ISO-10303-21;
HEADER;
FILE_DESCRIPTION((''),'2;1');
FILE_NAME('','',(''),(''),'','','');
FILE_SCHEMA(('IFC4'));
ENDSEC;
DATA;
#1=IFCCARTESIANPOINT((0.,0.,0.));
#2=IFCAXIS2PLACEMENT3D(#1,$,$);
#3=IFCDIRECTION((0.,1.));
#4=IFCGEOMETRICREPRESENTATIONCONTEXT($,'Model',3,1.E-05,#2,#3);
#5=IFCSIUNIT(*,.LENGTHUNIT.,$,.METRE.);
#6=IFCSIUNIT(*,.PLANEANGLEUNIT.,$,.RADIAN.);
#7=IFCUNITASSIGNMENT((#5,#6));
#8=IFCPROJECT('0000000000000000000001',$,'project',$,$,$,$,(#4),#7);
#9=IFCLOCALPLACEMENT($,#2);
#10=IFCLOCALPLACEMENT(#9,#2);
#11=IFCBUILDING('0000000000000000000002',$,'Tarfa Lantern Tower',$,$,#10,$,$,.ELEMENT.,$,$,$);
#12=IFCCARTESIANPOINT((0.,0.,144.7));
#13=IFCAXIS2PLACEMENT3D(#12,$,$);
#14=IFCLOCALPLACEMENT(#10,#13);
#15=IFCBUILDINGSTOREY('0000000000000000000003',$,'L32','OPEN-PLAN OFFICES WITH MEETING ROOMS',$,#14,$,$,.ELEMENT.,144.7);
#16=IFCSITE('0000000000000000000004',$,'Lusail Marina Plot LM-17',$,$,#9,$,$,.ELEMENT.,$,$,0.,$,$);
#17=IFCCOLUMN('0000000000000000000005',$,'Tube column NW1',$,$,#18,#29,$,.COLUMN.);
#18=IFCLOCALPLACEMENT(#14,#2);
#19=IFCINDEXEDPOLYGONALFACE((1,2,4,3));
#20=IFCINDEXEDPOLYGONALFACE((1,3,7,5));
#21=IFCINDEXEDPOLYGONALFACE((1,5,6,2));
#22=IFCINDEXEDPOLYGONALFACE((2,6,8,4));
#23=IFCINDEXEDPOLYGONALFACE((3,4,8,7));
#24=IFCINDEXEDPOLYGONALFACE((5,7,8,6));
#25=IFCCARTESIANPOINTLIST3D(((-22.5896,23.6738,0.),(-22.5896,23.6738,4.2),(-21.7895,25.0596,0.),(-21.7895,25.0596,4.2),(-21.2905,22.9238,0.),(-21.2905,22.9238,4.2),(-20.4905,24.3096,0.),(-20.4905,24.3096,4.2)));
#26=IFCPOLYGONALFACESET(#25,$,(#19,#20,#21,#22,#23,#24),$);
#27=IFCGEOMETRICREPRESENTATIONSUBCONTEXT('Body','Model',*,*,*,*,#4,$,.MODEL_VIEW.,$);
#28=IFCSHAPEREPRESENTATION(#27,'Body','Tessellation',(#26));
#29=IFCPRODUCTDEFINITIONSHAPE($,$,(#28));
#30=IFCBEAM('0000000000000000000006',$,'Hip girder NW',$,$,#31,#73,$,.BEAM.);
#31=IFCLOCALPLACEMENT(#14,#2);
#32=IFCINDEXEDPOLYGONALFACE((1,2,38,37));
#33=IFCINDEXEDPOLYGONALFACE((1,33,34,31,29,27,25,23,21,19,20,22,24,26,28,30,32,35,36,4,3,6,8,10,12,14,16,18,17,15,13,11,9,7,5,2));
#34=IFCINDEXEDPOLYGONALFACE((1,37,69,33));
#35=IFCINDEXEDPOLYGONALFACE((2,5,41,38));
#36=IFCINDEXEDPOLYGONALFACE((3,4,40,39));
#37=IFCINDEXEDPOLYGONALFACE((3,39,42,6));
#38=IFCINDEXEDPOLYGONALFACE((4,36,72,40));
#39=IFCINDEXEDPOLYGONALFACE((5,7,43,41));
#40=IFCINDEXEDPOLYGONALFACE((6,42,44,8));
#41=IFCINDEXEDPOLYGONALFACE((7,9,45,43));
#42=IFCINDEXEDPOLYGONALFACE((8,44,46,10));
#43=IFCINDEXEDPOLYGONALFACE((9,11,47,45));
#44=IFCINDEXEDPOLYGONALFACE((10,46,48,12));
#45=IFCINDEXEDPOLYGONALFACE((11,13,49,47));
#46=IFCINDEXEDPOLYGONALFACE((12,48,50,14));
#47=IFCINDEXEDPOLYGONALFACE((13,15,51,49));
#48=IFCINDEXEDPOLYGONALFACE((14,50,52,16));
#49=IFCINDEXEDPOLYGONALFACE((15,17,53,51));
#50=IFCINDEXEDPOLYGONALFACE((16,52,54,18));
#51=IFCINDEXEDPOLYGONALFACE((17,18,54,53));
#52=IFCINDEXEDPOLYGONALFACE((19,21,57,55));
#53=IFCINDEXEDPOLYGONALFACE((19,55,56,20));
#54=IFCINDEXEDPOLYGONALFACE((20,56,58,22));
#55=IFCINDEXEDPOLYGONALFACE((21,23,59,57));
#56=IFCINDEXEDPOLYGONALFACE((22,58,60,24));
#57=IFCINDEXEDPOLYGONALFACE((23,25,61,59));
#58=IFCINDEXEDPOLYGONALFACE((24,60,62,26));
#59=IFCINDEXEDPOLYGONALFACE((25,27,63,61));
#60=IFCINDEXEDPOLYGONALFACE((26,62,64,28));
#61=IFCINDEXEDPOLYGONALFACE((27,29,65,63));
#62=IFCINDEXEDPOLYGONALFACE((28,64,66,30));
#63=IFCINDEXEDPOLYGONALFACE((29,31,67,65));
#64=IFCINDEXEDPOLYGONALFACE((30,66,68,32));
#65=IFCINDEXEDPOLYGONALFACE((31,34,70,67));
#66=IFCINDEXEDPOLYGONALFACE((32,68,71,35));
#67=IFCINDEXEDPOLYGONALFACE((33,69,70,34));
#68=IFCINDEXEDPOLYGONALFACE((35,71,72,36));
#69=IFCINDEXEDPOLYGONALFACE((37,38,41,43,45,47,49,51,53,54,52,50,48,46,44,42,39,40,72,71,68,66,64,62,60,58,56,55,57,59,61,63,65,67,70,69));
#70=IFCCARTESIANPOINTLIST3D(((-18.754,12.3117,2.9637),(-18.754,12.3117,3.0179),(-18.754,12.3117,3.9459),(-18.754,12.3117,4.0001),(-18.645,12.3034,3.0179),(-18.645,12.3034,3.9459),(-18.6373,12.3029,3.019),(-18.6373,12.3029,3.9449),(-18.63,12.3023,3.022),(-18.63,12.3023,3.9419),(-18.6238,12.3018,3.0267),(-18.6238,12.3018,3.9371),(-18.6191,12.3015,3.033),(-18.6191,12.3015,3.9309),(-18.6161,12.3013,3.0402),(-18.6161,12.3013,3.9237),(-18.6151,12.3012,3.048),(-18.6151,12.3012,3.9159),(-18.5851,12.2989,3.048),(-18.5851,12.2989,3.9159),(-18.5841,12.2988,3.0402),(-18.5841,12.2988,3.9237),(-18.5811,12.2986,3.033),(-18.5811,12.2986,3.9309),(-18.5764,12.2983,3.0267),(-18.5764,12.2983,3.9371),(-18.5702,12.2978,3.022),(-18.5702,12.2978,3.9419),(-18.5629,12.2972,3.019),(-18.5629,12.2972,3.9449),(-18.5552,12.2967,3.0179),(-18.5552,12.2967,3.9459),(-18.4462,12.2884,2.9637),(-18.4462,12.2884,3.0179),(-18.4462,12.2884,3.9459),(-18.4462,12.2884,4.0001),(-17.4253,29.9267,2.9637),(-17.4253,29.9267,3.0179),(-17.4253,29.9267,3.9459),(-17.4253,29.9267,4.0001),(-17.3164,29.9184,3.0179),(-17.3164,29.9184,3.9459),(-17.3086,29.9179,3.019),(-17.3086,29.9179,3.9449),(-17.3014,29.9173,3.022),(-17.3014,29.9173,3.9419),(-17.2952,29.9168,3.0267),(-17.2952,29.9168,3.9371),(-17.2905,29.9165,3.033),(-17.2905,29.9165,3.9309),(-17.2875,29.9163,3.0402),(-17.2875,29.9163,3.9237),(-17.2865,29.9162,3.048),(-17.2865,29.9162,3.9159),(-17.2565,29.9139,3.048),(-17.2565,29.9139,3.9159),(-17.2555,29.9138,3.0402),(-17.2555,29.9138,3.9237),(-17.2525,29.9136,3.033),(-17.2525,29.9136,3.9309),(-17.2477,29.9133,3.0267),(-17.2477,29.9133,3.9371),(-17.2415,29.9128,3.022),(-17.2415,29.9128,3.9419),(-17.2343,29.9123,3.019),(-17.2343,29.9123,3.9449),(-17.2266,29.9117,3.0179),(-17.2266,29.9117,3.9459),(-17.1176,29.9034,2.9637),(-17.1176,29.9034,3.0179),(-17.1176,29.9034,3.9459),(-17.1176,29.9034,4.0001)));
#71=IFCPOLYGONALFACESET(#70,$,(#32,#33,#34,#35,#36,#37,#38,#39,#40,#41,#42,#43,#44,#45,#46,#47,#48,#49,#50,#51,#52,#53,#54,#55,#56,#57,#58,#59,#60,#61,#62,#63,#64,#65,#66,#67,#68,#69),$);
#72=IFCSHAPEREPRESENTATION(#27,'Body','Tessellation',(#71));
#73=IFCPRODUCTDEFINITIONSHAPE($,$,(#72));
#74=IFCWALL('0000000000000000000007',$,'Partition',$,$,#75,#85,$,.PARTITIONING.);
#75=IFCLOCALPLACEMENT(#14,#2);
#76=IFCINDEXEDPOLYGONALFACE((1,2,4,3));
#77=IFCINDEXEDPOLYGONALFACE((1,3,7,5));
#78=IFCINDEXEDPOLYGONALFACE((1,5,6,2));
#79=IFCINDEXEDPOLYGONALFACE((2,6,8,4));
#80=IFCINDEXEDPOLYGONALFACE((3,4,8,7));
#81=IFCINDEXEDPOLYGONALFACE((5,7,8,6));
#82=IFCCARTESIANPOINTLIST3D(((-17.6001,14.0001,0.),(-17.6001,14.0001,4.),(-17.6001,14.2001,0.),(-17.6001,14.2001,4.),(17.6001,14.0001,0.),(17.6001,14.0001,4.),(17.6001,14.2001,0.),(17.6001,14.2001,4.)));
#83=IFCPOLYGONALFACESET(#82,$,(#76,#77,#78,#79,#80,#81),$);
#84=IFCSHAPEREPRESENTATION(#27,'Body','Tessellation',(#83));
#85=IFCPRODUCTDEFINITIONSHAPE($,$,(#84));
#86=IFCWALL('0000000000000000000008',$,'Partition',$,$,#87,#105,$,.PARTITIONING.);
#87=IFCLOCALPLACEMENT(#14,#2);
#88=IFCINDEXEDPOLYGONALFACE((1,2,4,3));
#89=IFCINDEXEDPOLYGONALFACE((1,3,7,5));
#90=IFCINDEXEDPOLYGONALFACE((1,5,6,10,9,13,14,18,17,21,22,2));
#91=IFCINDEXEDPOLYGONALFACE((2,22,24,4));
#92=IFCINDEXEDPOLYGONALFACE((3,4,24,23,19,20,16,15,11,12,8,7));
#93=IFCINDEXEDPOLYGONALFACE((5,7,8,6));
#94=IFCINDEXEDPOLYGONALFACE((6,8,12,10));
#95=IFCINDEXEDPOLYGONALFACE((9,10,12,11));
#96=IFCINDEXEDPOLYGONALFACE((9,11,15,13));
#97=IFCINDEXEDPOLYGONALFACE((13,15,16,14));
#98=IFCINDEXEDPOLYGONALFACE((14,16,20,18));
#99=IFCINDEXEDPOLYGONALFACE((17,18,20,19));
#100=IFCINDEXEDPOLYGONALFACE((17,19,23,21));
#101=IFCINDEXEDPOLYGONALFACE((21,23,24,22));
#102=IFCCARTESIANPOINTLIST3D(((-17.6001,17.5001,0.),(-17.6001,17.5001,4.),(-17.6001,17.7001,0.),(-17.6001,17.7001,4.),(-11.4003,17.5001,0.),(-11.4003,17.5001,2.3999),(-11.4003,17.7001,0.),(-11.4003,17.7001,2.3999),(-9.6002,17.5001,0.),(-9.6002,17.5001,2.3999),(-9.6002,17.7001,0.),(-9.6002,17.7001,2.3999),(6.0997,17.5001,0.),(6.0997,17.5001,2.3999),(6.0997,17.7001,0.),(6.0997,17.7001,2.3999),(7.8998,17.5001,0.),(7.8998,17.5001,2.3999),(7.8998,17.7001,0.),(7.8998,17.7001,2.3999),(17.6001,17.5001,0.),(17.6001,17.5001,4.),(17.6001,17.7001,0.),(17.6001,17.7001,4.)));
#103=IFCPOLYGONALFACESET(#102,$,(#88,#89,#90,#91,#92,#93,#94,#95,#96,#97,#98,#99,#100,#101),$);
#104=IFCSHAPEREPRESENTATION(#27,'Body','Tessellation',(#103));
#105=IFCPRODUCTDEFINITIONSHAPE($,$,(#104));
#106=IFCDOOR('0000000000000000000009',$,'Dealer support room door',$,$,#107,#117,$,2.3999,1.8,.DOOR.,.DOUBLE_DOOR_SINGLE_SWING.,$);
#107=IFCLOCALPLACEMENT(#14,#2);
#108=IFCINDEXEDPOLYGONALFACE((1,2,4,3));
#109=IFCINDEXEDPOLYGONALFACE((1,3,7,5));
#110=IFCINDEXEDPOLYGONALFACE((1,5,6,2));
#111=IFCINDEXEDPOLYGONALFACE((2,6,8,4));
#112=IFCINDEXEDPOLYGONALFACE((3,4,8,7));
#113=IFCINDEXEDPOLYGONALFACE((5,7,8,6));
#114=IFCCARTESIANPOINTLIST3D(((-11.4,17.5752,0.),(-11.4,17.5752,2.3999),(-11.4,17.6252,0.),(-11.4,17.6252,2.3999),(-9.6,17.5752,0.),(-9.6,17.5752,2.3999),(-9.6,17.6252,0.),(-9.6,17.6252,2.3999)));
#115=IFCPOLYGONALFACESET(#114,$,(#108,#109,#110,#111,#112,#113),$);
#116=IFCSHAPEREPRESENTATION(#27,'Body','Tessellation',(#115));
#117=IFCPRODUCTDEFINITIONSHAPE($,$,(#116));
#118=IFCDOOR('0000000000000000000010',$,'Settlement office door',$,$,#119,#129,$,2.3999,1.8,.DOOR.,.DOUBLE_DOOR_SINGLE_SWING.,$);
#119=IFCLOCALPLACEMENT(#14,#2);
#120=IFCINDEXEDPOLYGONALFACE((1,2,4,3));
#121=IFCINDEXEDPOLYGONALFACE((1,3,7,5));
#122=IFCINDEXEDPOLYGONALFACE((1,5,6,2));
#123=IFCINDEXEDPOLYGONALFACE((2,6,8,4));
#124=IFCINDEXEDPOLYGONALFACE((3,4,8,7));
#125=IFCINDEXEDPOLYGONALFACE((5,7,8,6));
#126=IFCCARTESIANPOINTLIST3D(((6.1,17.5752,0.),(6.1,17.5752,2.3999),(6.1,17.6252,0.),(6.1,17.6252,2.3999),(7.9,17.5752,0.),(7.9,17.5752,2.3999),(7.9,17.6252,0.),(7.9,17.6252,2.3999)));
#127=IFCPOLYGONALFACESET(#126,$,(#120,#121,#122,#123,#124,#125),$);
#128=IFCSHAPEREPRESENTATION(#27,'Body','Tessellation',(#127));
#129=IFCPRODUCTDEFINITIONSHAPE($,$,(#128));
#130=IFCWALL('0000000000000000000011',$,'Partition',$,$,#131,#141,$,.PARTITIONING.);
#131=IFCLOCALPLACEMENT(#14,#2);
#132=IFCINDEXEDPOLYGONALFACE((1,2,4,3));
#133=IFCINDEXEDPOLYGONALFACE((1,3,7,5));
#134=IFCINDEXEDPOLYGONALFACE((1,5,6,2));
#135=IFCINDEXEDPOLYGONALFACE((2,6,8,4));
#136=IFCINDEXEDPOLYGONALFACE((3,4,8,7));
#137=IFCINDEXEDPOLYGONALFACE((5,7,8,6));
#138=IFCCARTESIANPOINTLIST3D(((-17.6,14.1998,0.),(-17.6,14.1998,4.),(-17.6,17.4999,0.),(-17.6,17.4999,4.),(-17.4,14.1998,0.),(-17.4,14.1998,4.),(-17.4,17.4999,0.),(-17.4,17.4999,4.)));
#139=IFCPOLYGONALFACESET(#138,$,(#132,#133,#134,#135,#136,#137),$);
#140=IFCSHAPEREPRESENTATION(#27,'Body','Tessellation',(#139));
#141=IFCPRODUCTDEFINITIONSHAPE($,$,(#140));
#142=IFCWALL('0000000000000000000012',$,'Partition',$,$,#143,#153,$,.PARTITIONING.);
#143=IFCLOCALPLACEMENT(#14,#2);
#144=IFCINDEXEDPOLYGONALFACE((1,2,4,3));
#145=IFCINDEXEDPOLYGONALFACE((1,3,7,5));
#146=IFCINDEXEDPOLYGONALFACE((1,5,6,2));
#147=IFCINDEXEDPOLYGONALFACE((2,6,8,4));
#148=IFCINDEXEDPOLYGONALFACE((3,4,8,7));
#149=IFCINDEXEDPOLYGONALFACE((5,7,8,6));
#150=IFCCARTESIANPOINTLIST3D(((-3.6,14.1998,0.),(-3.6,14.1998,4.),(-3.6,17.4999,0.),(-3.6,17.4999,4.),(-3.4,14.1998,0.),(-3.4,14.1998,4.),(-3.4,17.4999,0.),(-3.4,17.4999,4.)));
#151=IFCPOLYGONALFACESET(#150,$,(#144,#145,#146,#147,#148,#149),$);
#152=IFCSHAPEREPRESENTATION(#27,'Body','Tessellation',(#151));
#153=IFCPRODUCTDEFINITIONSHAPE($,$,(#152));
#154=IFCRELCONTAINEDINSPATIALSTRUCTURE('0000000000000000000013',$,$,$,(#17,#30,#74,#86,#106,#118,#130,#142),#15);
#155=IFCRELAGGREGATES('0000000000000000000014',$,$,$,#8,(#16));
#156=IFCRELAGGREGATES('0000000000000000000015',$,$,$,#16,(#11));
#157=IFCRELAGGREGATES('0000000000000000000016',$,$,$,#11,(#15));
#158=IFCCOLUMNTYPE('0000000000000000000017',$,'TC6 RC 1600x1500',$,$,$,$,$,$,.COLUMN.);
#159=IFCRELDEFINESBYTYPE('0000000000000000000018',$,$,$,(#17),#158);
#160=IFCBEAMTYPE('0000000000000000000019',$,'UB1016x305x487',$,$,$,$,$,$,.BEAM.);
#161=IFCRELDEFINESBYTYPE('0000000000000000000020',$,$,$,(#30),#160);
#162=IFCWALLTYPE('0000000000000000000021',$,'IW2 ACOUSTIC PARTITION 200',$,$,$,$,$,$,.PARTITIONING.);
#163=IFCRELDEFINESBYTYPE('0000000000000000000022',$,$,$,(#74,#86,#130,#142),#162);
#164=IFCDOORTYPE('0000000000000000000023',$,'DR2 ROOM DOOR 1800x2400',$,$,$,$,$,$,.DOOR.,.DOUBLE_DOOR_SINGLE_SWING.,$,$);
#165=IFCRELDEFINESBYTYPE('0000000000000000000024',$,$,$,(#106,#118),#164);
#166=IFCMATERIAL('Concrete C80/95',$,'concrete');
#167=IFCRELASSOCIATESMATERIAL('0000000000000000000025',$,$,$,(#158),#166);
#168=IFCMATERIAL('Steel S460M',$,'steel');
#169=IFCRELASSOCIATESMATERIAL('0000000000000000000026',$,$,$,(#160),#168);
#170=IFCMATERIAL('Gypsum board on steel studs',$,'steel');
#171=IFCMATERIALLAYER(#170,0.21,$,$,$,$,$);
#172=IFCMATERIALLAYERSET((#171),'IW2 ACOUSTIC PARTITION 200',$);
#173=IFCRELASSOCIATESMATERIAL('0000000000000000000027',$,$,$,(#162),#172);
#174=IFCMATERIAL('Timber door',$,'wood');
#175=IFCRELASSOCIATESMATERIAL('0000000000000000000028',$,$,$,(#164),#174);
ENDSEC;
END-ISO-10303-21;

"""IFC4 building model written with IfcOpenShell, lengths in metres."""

from ifc_helpers import new_model, si_unit, direction, frame, frame_2d, origin, origin_2d, place, context, subcontext, project, spatial, rectangle, i_section, extrude, material, layer, layer_set, material_profile, profile_set, type_object, element, fill, save


model = new_model("IFC4")

# Units and contexts
model_context = context("Model", 3, precision=1e-05, world=origin(), true_north=direction((0.0, 1.0)))
body_context = subcontext(model_context, "Body", "Model", "MODEL_VIEW")
ifc_project = project(units=[si_unit("LENGTHUNIT", "METRE"), si_unit("PLANEANGLEUNIT", "RADIAN")], contexts=[model_context])

# Site, building, storey
site_placement = place(None, origin())
site = spatial("IfcSite", under=ifc_project, at=site_placement, Name="Lusail Marina Plot LM-17", CompositionType="ELEMENT", RefElevation=0.0)
building_placement = place(site_placement, origin())
building = spatial("IfcBuilding", under=site, at=building_placement, Name="Tarfa Lantern Tower", CompositionType="ELEMENT")
storey_placement = place(building_placement, frame((0.0, 0.0, 144.7)))
storey = spatial("IfcBuildingStorey", under=building, at=storey_placement, Name="L32", Description="OPEN-PLAN OFFICES WITH MEETING ROOMS", CompositionType="ELEMENT", Elevation=144.7)

# Column
ifc_material_1 = material(Name="Concrete C80/95", Category="concrete")
ifc_material_profile_1 = material_profile(ifc_material_1, rectangle(XDim=1.6001, YDim=1.5, at=origin_2d()), Name="RC 1600x1500")
ifc_profile_set_1 = profile_set([ifc_material_profile_1], Name="Concrete C80/95")
column_type = type_object("IfcColumnType", Name="TC6 RC 1600x1500", PredefinedType="COLUMN", material=ifc_profile_set_1)
column_placement = place(storey_placement, frame((-21.54, 23.9917, 0.0), z_axis=(0.0, 0.0, 1.0), x_axis=(-0.5, -0.866025, 0.0)))
element("IfcColumn", 1, at=column_placement, inside=storey, type_object=column_type, Name="Tube column NW1", PredefinedType="COLUMN", context=body_context, shape_type="SweptSolid", body=[
    extrude(rectangle(XDim=1.6001, YDim=1.5, at=origin_2d()), origin(), (0.0, 0.0, 1.0), 4.2),
])

# Beam
ifc_material_2 = material(Name="Steel S460M", Category="steel")
ifc_material_profile_2 = material_profile(ifc_material_2, i_section(OverallWidth=0.3086, OverallDepth=1.0364, WebThickness=0.03, FlangeThickness=0.0542, FilletRadius=0.03, at=origin_2d()), Name="UB1016x305x487")
ifc_profile_set_2 = profile_set([ifc_material_profile_2], Name="Steel S460M")
beam_type = type_object("IfcBeamType", Name="UB1016x305x487", PredefinedType="BEAM", material=ifc_profile_set_2)
beam_placement = place(storey_placement, frame((-18.6001, 12.3, 3.4819), z_axis=(0.075212, 0.997168, 0.0), x_axis=(-0.997168, 0.075212, 0.0)))
element("IfcBeam", 2, at=beam_placement, inside=storey, type_object=beam_type, Name="Hip girder NW", PredefinedType="BEAM", context=body_context, shape_type="SweptSolid", body=[
    extrude(i_section(OverallWidth=0.3086, OverallDepth=1.0364, WebThickness=0.03, FlangeThickness=0.0542, FilletRadius=0.03, at=origin_2d()), origin(), (0.0, 0.0, 1.0), 17.665),
])

# Wall
ifc_material_3 = material(Name="Gypsum board on steel studs", Category="steel")
ifc_layer_1 = layer(ifc_material_3, 0.21)
ifc_layer_set_1 = layer_set([ifc_layer_1], Name="IW2 ACOUSTIC PARTITION 200")
wall_type_1 = type_object("IfcWallType", Name="IW2 ACOUSTIC PARTITION 200", PredefinedType="PARTITIONING", material=ifc_layer_set_1)
wall_1_placement = place(storey_placement, frame((-17.6001, 14.1001, 0.0), z_axis=(0.0, 0.0, 1.0), x_axis=(1.0, 0.0, 0.0)))
element("IfcWall", 3, at=wall_1_placement, inside=storey, type_object=wall_type_1, Name="Partition", PredefinedType="PARTITIONING", context=body_context, shape_type="SweptSolid", body=[
    extrude(rectangle(XDim=35.2002, YDim=0.2, at=frame_2d((17.6001, 0.0))), origin(), (0.0, 0.0, 1.0), 4.0),
])

# Wall, openings, doors
wall_2_placement = place(storey_placement, frame((-17.6001, 17.6001, 0.0), z_axis=(0.0, 0.0, 1.0), x_axis=(1.0, 0.0, 0.0)))
wall_2 = element("IfcWall", 4, at=wall_2_placement, inside=storey, type_object=wall_type_1, Name="Partition", PredefinedType="PARTITIONING", context=body_context, shape_type="SweptSolid", body=[
    extrude(rectangle(XDim=35.2002, YDim=0.2, at=frame_2d((17.6001, 0.0))), origin(), (0.0, 0.0, 1.0), 4.0),
])
opening_1_placement = place(wall_2_placement, frame((6.2, 0.0, 0.0)))
opening_1 = element("IfcOpeningElement", 5, at=opening_1_placement, cuts=wall_2, PredefinedType="OPENING", context=body_context, shape_type="SweptSolid", body=[
    extrude(rectangle(XDim=1.8, YDim=2.3999, at=frame_2d((0.8999, 1.2))), frame((0.0, 0.1099, 0.0), z_axis=(0.0, -1.0, 0.0), x_axis=(1.0, 0.0, 0.0)), (0.0, 0.0, 1.0), 0.22),
])
opening_2_placement = place(wall_2_placement, frame((23.7, 0.0, 0.0)))
opening_2 = element("IfcOpeningElement", 6, at=opening_2_placement, cuts=wall_2, PredefinedType="OPENING", context=body_context, shape_type="SweptSolid", body=[
    extrude(rectangle(XDim=1.8, YDim=2.3999, at=frame_2d((0.8999, 1.2))), frame((0.0, 0.1099, 0.0), z_axis=(0.0, -1.0, 0.0), x_axis=(1.0, 0.0, 0.0)), (0.0, 0.0, 1.0), 0.22),
])
ifc_material_4 = material(Name="Timber door", Category="wood")
door_type_1 = type_object("IfcDoorType", Name="DR2 ROOM DOOR 1800x2400", OperationType="DOUBLE_DOOR_SINGLE_SWING", PredefinedType="DOOR", material=ifc_material_4)
door_1_placement = place(opening_1_placement, frame((1.8, 0.0, 0.0), z_axis=(0.0, 0.0, 1.0), x_axis=(-1.0, 0.0, 0.0)))
door_1 = element("IfcDoor", 7, at=door_1_placement, inside=storey, type_object=door_type_1, Name="Dealer support room door", OperationType="DOUBLE_DOOR_SINGLE_SWING", OverallHeight=2.3999, OverallWidth=1.8, PredefinedType="DOOR", context=body_context, shape_type="SweptSolid", body=[
    extrude(rectangle(XDim=1.8, YDim=2.3999, at=frame_2d((0.8999, 1.2))), frame((0.0, 0.0249, 0.0), z_axis=(0.0, -1.0, 0.0), x_axis=(1.0, 0.0, 0.0)), (0.0, 0.0, 1.0), 0.05),
])
fill(opening_1, door_1)
door_2_placement = place(opening_2_placement, frame((1.8, 0.0, 0.0), z_axis=(0.0, 0.0, 1.0), x_axis=(-1.0, 0.0, 0.0)))
door_2 = element("IfcDoor", 8, at=door_2_placement, inside=storey, type_object=door_type_1, Name="Settlement office door", OperationType="DOUBLE_DOOR_SINGLE_SWING", OverallHeight=2.3999, OverallWidth=1.8, PredefinedType="DOOR", context=body_context, shape_type="SweptSolid", body=[
    extrude(rectangle(XDim=1.8, YDim=2.3999, at=frame_2d((0.8999, 1.2))), frame((0.0, 0.0249, 0.0), z_axis=(0.0, -1.0, 0.0), x_axis=(1.0, 0.0, 0.0)), (0.0, 0.0, 1.0), 0.05),
])
fill(opening_2, door_2)

# Walls
for number, where, z_axis, x_axis, name in (
    (9, (-17.5, 14.2, 0.0), (0.0, 0.0, 1.0), (0.0, 1.0, 0.0), "Partition"),
    (10, (-3.5, 14.2, 0.0), (0.0, 0.0, 1.0), (0.0, 1.0, 0.0), "Partition"),
):
    element("IfcWall", number, at=place(storey_placement, frame(where, z_axis=z_axis, x_axis=x_axis)), inside=storey, type_object=wall_type_1, Name=name, PredefinedType="PARTITIONING", context=body_context, shape_type="SweptSolid", body=[
        extrude(rectangle(XDim=3.3, YDim=0.2, at=frame_2d((1.6499, 0.0))), origin(), (0.0, 0.0, 1.0), 4.0),
    ])

save(model, "model.ifc")
